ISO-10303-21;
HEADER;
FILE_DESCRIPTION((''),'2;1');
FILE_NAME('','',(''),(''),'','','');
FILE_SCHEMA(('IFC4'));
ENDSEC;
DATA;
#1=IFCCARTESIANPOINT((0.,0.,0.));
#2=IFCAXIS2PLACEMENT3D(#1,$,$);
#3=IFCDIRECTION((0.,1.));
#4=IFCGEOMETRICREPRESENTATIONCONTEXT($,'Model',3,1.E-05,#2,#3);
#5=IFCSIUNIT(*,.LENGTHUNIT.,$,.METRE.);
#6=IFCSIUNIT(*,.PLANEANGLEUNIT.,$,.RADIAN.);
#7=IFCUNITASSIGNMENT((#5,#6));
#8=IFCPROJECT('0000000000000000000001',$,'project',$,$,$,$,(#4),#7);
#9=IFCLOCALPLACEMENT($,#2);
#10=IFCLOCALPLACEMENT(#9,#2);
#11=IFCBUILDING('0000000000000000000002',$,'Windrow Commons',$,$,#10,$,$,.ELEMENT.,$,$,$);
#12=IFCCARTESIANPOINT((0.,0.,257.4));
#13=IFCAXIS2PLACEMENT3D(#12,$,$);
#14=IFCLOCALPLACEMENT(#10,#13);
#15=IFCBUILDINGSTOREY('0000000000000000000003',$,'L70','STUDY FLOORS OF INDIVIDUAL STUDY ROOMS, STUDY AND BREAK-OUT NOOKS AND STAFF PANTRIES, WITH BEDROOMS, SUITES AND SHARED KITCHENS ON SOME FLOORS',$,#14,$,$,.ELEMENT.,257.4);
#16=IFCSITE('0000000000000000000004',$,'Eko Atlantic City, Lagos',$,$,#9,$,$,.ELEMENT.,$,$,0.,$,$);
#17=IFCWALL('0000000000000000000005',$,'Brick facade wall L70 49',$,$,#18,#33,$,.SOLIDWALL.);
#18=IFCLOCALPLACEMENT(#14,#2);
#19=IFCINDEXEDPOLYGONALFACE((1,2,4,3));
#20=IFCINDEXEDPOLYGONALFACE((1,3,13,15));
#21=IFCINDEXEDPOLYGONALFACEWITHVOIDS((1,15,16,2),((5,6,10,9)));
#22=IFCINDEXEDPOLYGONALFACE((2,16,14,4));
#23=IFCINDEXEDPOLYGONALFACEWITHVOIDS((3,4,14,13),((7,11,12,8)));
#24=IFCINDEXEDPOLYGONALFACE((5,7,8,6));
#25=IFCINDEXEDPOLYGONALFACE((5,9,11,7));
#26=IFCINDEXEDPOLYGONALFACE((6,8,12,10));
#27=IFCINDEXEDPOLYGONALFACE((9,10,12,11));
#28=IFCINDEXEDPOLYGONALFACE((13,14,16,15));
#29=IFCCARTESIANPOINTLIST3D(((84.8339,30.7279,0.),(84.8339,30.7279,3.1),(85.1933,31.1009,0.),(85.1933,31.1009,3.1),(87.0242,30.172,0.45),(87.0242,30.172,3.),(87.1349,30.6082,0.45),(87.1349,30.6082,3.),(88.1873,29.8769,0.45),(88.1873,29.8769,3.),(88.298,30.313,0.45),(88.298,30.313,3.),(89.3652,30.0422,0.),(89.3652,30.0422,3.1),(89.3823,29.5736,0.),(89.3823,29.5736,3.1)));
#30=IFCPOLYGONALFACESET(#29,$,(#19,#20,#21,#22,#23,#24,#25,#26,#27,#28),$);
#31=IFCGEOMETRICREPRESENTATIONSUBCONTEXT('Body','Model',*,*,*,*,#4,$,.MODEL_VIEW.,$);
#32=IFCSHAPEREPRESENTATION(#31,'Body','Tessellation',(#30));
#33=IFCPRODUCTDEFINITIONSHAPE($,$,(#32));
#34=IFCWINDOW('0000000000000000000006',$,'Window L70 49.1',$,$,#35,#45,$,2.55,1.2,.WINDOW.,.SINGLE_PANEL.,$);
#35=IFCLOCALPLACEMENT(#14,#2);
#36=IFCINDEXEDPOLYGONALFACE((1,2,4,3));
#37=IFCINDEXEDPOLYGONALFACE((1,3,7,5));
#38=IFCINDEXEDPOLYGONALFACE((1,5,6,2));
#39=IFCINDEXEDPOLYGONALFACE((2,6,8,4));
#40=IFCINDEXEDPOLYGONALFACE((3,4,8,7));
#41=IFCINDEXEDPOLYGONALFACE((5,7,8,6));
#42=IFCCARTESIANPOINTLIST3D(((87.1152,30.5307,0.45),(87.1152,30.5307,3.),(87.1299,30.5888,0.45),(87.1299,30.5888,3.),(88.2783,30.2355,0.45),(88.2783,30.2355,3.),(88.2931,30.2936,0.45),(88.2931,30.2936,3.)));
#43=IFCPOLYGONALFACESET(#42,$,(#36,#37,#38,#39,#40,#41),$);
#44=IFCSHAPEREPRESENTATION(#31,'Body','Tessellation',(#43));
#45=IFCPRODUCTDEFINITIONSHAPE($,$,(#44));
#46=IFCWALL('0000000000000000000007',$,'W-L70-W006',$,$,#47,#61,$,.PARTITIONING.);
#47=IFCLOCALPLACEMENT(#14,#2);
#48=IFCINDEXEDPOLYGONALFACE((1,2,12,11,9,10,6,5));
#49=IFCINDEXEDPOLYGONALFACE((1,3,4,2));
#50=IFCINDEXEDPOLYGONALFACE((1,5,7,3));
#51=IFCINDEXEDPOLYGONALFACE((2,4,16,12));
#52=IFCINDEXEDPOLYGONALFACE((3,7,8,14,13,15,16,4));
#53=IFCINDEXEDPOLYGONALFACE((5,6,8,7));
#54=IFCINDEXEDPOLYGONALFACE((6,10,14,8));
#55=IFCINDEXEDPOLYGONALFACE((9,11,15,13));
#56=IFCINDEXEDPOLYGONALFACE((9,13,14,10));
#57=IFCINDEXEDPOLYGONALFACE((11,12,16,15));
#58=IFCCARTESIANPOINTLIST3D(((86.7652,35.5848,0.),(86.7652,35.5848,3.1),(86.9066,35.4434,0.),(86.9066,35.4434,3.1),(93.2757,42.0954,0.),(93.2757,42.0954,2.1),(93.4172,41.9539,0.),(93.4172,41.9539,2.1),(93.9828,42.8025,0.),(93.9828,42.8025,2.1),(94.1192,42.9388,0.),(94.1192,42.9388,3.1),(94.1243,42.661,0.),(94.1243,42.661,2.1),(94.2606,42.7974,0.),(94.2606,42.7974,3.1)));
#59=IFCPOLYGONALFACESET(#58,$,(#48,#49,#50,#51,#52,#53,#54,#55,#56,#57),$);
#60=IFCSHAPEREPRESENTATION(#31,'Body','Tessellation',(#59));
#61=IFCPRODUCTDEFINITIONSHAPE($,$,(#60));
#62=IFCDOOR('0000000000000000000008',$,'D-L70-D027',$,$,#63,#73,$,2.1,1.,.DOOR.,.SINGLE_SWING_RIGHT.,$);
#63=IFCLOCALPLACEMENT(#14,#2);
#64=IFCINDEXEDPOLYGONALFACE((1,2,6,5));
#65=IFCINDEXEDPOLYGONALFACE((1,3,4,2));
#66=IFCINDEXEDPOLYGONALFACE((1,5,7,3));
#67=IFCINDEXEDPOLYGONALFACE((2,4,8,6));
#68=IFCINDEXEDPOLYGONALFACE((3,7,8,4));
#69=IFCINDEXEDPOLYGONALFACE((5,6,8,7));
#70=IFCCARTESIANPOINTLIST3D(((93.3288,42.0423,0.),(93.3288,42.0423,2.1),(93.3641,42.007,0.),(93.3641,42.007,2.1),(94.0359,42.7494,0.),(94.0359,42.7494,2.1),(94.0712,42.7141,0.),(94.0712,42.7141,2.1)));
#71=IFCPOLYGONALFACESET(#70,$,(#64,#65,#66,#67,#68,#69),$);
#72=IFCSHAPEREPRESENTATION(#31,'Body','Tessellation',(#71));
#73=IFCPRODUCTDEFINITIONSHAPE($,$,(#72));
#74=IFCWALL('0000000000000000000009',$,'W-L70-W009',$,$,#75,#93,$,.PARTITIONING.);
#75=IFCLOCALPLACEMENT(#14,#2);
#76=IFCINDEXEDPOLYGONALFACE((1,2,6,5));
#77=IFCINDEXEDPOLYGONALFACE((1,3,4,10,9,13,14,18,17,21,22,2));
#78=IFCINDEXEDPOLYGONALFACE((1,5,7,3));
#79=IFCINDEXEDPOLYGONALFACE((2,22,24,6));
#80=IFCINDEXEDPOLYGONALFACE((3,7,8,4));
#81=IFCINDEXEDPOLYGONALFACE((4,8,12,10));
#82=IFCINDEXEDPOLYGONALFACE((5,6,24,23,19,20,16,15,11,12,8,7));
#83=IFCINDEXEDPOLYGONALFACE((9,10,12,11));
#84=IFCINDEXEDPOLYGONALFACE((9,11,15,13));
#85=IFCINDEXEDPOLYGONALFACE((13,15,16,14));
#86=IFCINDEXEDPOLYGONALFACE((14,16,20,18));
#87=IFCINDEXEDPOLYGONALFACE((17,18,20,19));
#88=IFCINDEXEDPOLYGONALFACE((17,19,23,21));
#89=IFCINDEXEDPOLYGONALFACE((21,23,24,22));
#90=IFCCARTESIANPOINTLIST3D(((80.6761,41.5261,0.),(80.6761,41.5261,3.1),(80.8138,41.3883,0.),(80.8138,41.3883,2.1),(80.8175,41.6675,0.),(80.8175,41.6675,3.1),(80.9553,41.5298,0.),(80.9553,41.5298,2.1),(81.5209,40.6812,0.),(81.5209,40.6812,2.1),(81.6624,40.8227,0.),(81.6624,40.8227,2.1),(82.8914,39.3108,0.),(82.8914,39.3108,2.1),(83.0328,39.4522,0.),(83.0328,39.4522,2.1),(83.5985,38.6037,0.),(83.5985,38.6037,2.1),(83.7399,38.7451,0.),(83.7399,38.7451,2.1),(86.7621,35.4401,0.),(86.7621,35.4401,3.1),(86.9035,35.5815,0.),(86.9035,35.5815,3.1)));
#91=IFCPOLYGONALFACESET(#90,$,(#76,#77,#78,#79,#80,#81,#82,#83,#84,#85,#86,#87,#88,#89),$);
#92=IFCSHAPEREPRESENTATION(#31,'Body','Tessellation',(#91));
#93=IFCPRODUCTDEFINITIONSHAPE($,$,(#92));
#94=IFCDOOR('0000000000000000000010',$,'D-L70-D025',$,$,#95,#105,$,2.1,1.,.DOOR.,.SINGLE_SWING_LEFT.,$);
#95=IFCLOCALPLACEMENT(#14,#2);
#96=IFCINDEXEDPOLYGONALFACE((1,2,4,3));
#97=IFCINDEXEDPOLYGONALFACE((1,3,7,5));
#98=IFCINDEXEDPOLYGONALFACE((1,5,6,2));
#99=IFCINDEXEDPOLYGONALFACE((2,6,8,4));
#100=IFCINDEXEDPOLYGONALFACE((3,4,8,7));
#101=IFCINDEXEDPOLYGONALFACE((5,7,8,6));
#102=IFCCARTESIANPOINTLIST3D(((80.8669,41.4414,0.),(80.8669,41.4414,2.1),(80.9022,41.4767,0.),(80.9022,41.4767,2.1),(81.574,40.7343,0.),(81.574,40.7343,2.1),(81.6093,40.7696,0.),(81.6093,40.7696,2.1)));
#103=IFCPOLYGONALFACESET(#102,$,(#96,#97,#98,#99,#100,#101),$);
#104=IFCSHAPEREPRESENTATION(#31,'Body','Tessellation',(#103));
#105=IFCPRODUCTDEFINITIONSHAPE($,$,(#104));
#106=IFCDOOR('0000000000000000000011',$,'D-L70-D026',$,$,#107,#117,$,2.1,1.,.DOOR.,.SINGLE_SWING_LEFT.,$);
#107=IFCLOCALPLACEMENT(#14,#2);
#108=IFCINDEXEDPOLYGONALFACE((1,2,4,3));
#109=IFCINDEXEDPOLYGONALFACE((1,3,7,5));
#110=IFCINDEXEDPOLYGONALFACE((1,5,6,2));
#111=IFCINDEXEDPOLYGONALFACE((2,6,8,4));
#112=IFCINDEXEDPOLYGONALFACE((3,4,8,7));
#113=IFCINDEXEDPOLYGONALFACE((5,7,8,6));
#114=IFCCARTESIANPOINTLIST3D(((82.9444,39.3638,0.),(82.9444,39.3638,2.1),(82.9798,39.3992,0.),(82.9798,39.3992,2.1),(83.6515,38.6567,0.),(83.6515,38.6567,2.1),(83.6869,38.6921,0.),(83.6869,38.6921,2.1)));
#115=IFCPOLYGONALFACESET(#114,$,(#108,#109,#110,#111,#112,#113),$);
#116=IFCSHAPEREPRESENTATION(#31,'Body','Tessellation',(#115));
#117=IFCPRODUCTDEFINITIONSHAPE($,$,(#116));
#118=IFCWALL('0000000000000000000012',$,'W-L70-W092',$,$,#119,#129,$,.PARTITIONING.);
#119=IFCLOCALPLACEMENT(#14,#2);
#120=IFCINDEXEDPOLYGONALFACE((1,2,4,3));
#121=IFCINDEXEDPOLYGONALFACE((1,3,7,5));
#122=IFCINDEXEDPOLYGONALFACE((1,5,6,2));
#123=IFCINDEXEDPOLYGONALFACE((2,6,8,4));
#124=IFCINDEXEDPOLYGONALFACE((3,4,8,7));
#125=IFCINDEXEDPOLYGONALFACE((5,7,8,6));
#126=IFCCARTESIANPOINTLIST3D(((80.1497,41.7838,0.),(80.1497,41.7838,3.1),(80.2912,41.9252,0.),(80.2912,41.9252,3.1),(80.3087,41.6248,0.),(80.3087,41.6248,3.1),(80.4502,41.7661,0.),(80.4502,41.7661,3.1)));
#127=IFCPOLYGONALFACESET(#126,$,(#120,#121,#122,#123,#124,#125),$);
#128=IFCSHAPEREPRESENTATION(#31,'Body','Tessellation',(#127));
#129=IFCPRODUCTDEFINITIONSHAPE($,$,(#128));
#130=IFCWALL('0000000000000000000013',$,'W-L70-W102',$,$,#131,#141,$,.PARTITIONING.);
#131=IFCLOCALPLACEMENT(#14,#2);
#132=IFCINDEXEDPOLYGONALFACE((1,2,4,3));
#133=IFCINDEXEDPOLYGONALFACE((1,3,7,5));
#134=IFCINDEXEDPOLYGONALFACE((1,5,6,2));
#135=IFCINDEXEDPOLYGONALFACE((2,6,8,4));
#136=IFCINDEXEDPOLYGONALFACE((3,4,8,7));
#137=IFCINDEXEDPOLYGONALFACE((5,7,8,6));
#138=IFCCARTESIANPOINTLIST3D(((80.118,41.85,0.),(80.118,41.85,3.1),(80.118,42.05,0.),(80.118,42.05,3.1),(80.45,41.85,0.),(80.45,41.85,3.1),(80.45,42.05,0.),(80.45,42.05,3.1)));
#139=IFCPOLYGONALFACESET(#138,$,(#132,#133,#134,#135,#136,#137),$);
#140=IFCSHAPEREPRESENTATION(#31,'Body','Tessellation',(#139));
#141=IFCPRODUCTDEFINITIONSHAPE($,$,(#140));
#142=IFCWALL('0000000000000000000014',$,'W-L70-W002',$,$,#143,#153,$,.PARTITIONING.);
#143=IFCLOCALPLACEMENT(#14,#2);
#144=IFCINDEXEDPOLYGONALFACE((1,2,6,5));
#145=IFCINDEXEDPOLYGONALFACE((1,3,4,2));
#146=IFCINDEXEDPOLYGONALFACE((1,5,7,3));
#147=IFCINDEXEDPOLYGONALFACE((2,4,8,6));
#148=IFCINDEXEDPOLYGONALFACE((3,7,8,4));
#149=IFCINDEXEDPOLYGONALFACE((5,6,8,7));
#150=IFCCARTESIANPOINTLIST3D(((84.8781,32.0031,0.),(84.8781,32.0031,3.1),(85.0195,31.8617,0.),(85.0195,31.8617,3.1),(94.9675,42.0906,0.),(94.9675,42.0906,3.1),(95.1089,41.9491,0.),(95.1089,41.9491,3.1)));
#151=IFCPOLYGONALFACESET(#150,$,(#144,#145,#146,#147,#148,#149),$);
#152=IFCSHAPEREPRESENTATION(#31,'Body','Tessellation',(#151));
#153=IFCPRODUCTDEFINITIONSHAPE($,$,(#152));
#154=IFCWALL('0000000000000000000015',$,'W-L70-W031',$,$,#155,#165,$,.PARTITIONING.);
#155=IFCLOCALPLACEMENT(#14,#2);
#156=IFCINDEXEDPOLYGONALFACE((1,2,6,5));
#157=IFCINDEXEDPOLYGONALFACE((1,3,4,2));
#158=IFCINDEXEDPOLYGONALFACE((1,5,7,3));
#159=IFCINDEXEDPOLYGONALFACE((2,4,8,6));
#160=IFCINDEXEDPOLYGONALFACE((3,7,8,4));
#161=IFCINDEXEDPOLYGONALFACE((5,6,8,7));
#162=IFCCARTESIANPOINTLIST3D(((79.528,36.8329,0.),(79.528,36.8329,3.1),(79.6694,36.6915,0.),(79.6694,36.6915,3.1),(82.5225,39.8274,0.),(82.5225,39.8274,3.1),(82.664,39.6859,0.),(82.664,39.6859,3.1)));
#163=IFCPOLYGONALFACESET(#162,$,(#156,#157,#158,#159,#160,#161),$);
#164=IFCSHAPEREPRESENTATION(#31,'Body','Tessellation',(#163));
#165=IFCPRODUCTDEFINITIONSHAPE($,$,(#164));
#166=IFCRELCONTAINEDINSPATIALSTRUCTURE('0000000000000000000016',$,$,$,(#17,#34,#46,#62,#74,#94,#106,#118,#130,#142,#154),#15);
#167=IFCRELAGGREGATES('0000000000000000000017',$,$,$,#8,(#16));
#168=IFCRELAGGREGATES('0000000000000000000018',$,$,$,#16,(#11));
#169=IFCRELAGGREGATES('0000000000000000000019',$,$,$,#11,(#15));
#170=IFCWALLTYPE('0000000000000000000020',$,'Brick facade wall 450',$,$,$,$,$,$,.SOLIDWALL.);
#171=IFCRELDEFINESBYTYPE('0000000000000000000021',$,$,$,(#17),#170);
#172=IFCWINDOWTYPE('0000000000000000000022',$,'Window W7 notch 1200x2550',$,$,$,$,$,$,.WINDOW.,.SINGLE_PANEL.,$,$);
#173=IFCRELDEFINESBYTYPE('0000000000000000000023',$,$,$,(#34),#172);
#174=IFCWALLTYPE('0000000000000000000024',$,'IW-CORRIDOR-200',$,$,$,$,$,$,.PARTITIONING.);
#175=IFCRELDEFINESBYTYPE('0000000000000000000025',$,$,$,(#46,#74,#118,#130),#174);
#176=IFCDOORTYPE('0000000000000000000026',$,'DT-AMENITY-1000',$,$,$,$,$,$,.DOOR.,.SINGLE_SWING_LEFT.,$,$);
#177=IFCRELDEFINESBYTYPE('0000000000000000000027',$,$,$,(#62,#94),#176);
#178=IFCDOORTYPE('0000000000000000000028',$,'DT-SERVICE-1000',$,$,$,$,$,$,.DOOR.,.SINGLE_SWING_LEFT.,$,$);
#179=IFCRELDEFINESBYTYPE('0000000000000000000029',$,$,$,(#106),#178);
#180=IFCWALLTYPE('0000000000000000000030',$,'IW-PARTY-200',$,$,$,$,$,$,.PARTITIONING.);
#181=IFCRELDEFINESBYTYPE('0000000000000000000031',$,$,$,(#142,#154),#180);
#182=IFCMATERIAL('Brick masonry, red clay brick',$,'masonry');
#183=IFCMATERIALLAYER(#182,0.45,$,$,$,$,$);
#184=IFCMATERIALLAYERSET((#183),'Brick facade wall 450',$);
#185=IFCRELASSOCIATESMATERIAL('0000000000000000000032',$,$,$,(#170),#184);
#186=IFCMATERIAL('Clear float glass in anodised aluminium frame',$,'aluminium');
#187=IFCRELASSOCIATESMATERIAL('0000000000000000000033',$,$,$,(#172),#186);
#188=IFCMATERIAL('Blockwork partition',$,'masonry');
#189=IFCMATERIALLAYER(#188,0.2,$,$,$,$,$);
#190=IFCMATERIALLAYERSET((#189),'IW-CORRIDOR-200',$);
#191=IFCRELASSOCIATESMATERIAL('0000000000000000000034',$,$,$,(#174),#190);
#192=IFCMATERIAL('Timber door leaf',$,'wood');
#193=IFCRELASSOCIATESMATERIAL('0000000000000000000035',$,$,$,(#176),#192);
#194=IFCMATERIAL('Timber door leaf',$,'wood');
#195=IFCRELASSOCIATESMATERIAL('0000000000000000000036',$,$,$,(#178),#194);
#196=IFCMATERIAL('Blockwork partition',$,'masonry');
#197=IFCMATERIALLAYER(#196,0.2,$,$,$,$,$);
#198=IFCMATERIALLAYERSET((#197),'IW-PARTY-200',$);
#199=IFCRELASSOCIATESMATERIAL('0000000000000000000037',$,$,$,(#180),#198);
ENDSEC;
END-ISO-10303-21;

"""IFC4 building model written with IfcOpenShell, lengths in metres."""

from ifc_helpers import new_model, si_unit, direction, frame, frame_2d, origin, place, context, subcontext, project, spatial, polyline, rectangle, outline, extrude, material, layer, layer_set, type_object, element, fill, save


model = new_model("IFC4")

# Units and contexts
model_context = context("Model", 3, precision=1e-05, world=origin(), true_north=direction((0.0, 1.0)))
body_context = subcontext(model_context, "Body", "Model", "MODEL_VIEW")
ifc_project = project(units=[si_unit("LENGTHUNIT", "METRE"), si_unit("PLANEANGLEUNIT", "RADIAN")], contexts=[model_context])

# Site, building, storey
site_placement = place(None, origin())
site = spatial("IfcSite", under=ifc_project, at=site_placement, Name="Eko Atlantic City, Lagos", CompositionType="ELEMENT", RefElevation=0.0)
building_placement = place(site_placement, origin())
building = spatial("IfcBuilding", under=site, at=building_placement, Name="Windrow Commons", CompositionType="ELEMENT")
storey_placement = place(building_placement, frame((0.0, 0.0, 257.4)))
storey = spatial("IfcBuildingStorey", under=building, at=storey_placement, Name="L70", Description="STUDY FLOORS OF INDIVIDUAL STUDY ROOMS, STUDY AND BREAK-OUT NOOKS AND STAFF PANTRIES, WITH BEDROOMS, SUITES AND SHARED KITCHENS ON SOME FLOORS", CompositionType="ELEMENT", Elevation=257.4)

# Shared definitions
ifc_material_1 = material(Name="Brick masonry, red clay brick", Category="masonry")
ifc_layer_1 = layer(ifc_material_1, 0.45)
ifc_layer_set_1 = layer_set([ifc_layer_1], Name="Brick facade wall 450")
wall_type_1 = type_object("IfcWallType", Name="Brick facade wall 450", PredefinedType="SOLIDWALL", material=ifc_layer_set_1)
ifc_material_2 = material(Name="Clear float glass in anodised aluminium frame", Category="aluminium")
window_type_1 = type_object("IfcWindowType", Name="Window W7 notch 1200x2550", PartitioningType="SINGLE_PANEL", PredefinedType="WINDOW", material=ifc_material_2)

# Wall, opening, window
wall_1_placement = place(storey_placement, frame((85.0136, 30.9144, 0.0), z_axis=(0.0, 0.0, 1.0), x_axis=(0.969275, -0.245981, 0.0)))
wall_1 = element("IfcWall", 1, at=wall_1_placement, inside=storey, type_object=wall_type_1, Name="Brick facade wall L70 49", PredefinedType="SOLIDWALL", context=body_context, shape_type="SweptSolid", body=[
    extrude(outline(polyline([(-0.1283, -0.225), (4.5643, -0.225), (4.4324, 0.225), (0.1283, 0.225), (-0.1283, -0.225)])), origin(), (0.0, 0.0, 1.0), 3.1),
])
opening_1_placement = place(wall_1_placement, frame((2.1314, 0.0, 0.45)))
opening_1 = element("IfcOpeningElement", 2, at=opening_1_placement, cuts=wall_1, PredefinedType="OPENING", context=body_context, shape_type="SweptSolid", body=[
    extrude(rectangle(XDim=1.2, YDim=2.55, at=frame_2d((0.6, 1.275))), frame((0.0, 0.235, 0.0), z_axis=(0.0, -1.0, 0.0), x_axis=(1.0, 0.0, 0.0)), (0.0, 0.0, 1.0), 0.47),
])
window_1_placement = place(opening_1_placement, origin())
window_1 = element("IfcWindow", 3, at=window_1_placement, inside=storey, type_object=window_type_1, Name="Window L70 49.1", OverallHeight=2.55, OverallWidth=1.2, PartitioningType="SINGLE_PANEL", PredefinedType="WINDOW", context=body_context, shape_type="SweptSolid", body=[
    extrude(rectangle(XDim=1.2, YDim=2.55, at=frame_2d((0.6, 1.275))), frame((0.0, 0.205, 0.0), z_axis=(0.0, -1.0, 0.0), x_axis=(1.0, 0.0, 0.0)), (0.0, 0.0, 1.0), 0.06),
])
fill(opening_1, window_1)

# Wall, opening, door
ifc_material_3 = material(Name="Blockwork partition", Category="masonry")
ifc_layer_2 = layer(ifc_material_3, 0.2)
ifc_layer_set_2 = layer_set([ifc_layer_2], Name="IW-CORRIDOR-200")
wall_type_2 = type_object("IfcWallType", Name="IW-CORRIDOR-200", PredefinedType="PARTITIONING", material=ifc_layer_set_2)
wall_2_placement = place(storey_placement, frame((86.8359, 35.5141, 0.0), z_axis=(0.0, 0.0, 1.0), x_axis=(0.707107, 0.707107, 0.0)))
wall_2 = element("IfcWall", 4, at=wall_2_placement, inside=storey, type_object=wall_type_2, Name="W-L70-W006", PredefinedType="PARTITIONING", context=body_context, shape_type="SweptSolid", body=[
    extrude(rectangle(XDim=10.4001, YDim=0.2, at=frame_2d((5.2001, 0.0))), origin(), (0.0, 0.0, 1.0), 3.1),
])
opening_2_placement = place(wall_2_placement, frame((9.2073, 0.0, 0.0)))
opening_2 = element("IfcOpeningElement", 5, at=opening_2_placement, cuts=wall_2, PredefinedType="OPENING", context=body_context, shape_type="SweptSolid", body=[
    extrude(rectangle(XDim=1.0, YDim=2.1, at=frame_2d((0.5, 1.05))), frame((0.0, 0.11, 0.0), z_axis=(0.0, -1.0, 0.0), x_axis=(1.0, 0.0, 0.0)), (0.0, 0.0, 1.0), 0.22),
])
ifc_material_4 = material(Name="Timber door leaf", Category="wood")
door_type_1 = type_object("IfcDoorType", Name="DT-AMENITY-1000", OperationType="SINGLE_SWING_LEFT", PredefinedType="DOOR", material=ifc_material_4)
door_1_placement = place(opening_2_placement, origin())
door_1 = element("IfcDoor", 6, at=door_1_placement, inside=storey, type_object=door_type_1, Name="D-L70-D027", OperationType="SINGLE_SWING_RIGHT", OverallHeight=2.1, OverallWidth=1.0, PredefinedType="DOOR", context=body_context, shape_type="SweptSolid", body=[
    extrude(rectangle(XDim=1.0, YDim=2.1, at=frame_2d((0.5, 1.05))), frame((0.0, 0.025, 0.0), z_axis=(0.0, -1.0, 0.0), x_axis=(1.0, 0.0, 0.0)), (0.0, 0.0, 1.0), 0.05),
])
fill(opening_2, door_1)

# Wall, openings, doors
wall_3_placement = place(storey_placement, frame((80.7468, 41.5968, 0.0), z_axis=(0.0, 0.0, 1.0), x_axis=(0.707107, -0.707107, 0.0)))
wall_3 = element("IfcWall", 7, at=wall_3_placement, inside=storey, type_object=wall_type_2, Name="W-L70-W009", PredefinedType="PARTITIONING", context=body_context, shape_type="SweptSolid", body=[
    extrude(rectangle(XDim=8.6069, YDim=0.2, at=frame_2d((4.3034, 0.0))), origin(), (0.0, 0.0, 1.0), 3.1),
])
opening_3_placement = place(wall_3_placement, frame((0.1948, 0.0, 0.0)))
opening_3 = element("IfcOpeningElement", 8, at=opening_3_placement, cuts=wall_3, PredefinedType="OPENING", context=body_context, shape_type="SweptSolid", body=[
    extrude(rectangle(XDim=1.0, YDim=2.1, at=frame_2d((0.5, 1.05))), frame((0.0, 0.11, 0.0), z_axis=(0.0, -1.0, 0.0), x_axis=(1.0, 0.0, 0.0)), (0.0, 0.0, 1.0), 0.22),
])
opening_4_placement = place(wall_3_placement, frame((3.1329, 0.0, 0.0)))
opening_4 = element("IfcOpeningElement", 9, at=opening_4_placement, cuts=wall_3, PredefinedType="OPENING", context=body_context, shape_type="SweptSolid", body=[
    extrude(rectangle(XDim=1.0, YDim=2.1, at=frame_2d((0.5, 1.05))), frame((0.0, 0.11, 0.0), z_axis=(0.0, -1.0, 0.0), x_axis=(1.0, 0.0, 0.0)), (0.0, 0.0, 1.0), 0.22),
])
door_2_placement = place(opening_3_placement, origin())
door_2 = element("IfcDoor", 10, at=door_2_placement, inside=storey, type_object=door_type_1, Name="D-L70-D025", OperationType="SINGLE_SWING_LEFT", OverallHeight=2.1, OverallWidth=1.0, PredefinedType="DOOR", context=body_context, shape_type="SweptSolid", body=[
    extrude(rectangle(XDim=1.0, YDim=2.1, at=frame_2d((0.5, 1.05))), frame((0.0, 0.025, 0.0), z_axis=(0.0, -1.0, 0.0), x_axis=(1.0, 0.0, 0.0)), (0.0, 0.0, 1.0), 0.05),
])
fill(opening_3, door_2)
ifc_material_5 = material(Name="Timber door leaf", Category="wood")
door_type_2 = type_object("IfcDoorType", Name="DT-SERVICE-1000", OperationType="SINGLE_SWING_LEFT", PredefinedType="DOOR", material=ifc_material_5)
door_3_placement = place(opening_4_placement, origin())
door_3 = element("IfcDoor", 11, at=door_3_placement, inside=storey, type_object=door_type_2, Name="D-L70-D026", OperationType="SINGLE_SWING_LEFT", OverallHeight=2.1, OverallWidth=1.0, PredefinedType="DOOR", context=body_context, shape_type="SweptSolid", body=[
    extrude(rectangle(XDim=1.0, YDim=2.1, at=frame_2d((0.5, 1.05))), frame((0.0, 0.025, 0.0), z_axis=(0.0, -1.0, 0.0), x_axis=(1.0, 0.0, 0.0)), (0.0, 0.0, 1.0), 0.05),
])
fill(opening_4, door_3)

# Walls
wall_4_placement = place(storey_placement, frame((80.2205, 41.8545, 0.0), z_axis=(0.0, 0.0, 1.0), x_axis=(0.706884, -0.707329, 0.0)))
element("IfcWall", 12, at=wall_4_placement, inside=storey, type_object=wall_type_2, Name="W-L70-W092", PredefinedType="PARTITIONING", context=body_context, shape_type="SweptSolid", body=[
    extrude(rectangle(XDim=0.2249, YDim=0.2, at=frame_2d((0.1124, 0.0))), origin(), (0.0, 0.0, 1.0), 3.1),
])
wall_5_placement = place(storey_placement, frame((80.118, 41.95, 0.0), z_axis=(0.0, 0.0, 1.0), x_axis=(1.0, 0.0, 0.0)))
element("IfcWall", 13, at=wall_5_placement, inside=storey, type_object=wall_type_2, Name="W-L70-W102", PredefinedType="PARTITIONING", context=body_context, shape_type="SweptSolid", body=[
    extrude(rectangle(XDim=0.332, YDim=0.2, at=frame_2d((0.166, 0.0))), origin(), (0.0, 0.0, 1.0), 3.1),
])
ifc_material_6 = material(Name="Blockwork partition", Category="masonry")
ifc_layer_3 = layer(ifc_material_6, 0.2)
ifc_layer_set_3 = layer_set([ifc_layer_3], Name="IW-PARTY-200")
wall_type_3 = type_object("IfcWallType", Name="IW-PARTY-200", PredefinedType="PARTITIONING", material=ifc_layer_set_3)
wall_6_placement = place(storey_placement, frame((84.9488, 31.9324, 0.0), z_axis=(0.0, 0.0, 1.0), x_axis=(0.707177, 0.707037, 0.0)))
element("IfcWall", 14, at=wall_6_placement, inside=storey, type_object=wall_type_3, Name="W-L70-W002", PredefinedType="PARTITIONING", context=body_context, shape_type="SweptSolid", body=[
    extrude(rectangle(XDim=14.2672, YDim=0.2, at=frame_2d((7.1336, 0.0))), origin(), (0.0, 0.0, 1.0), 3.1),
])
wall_7_placement = place(storey_placement, frame((79.5987, 36.7622, 0.0), z_axis=(0.0, 0.0, 1.0), x_axis=(0.707119, 0.707095, 0.0)))
element("IfcWall", 15, at=wall_7_placement, inside=storey, type_object=wall_type_3, Name="W-L70-W031", PredefinedType="PARTITIONING", context=body_context, shape_type="SweptSolid", body=[
    extrude(rectangle(XDim=4.2349, YDim=0.2, at=frame_2d((2.1174, 0.0))), origin(), (0.0, 0.0, 1.0), 3.1),
])

save(model, "model.ifc")
